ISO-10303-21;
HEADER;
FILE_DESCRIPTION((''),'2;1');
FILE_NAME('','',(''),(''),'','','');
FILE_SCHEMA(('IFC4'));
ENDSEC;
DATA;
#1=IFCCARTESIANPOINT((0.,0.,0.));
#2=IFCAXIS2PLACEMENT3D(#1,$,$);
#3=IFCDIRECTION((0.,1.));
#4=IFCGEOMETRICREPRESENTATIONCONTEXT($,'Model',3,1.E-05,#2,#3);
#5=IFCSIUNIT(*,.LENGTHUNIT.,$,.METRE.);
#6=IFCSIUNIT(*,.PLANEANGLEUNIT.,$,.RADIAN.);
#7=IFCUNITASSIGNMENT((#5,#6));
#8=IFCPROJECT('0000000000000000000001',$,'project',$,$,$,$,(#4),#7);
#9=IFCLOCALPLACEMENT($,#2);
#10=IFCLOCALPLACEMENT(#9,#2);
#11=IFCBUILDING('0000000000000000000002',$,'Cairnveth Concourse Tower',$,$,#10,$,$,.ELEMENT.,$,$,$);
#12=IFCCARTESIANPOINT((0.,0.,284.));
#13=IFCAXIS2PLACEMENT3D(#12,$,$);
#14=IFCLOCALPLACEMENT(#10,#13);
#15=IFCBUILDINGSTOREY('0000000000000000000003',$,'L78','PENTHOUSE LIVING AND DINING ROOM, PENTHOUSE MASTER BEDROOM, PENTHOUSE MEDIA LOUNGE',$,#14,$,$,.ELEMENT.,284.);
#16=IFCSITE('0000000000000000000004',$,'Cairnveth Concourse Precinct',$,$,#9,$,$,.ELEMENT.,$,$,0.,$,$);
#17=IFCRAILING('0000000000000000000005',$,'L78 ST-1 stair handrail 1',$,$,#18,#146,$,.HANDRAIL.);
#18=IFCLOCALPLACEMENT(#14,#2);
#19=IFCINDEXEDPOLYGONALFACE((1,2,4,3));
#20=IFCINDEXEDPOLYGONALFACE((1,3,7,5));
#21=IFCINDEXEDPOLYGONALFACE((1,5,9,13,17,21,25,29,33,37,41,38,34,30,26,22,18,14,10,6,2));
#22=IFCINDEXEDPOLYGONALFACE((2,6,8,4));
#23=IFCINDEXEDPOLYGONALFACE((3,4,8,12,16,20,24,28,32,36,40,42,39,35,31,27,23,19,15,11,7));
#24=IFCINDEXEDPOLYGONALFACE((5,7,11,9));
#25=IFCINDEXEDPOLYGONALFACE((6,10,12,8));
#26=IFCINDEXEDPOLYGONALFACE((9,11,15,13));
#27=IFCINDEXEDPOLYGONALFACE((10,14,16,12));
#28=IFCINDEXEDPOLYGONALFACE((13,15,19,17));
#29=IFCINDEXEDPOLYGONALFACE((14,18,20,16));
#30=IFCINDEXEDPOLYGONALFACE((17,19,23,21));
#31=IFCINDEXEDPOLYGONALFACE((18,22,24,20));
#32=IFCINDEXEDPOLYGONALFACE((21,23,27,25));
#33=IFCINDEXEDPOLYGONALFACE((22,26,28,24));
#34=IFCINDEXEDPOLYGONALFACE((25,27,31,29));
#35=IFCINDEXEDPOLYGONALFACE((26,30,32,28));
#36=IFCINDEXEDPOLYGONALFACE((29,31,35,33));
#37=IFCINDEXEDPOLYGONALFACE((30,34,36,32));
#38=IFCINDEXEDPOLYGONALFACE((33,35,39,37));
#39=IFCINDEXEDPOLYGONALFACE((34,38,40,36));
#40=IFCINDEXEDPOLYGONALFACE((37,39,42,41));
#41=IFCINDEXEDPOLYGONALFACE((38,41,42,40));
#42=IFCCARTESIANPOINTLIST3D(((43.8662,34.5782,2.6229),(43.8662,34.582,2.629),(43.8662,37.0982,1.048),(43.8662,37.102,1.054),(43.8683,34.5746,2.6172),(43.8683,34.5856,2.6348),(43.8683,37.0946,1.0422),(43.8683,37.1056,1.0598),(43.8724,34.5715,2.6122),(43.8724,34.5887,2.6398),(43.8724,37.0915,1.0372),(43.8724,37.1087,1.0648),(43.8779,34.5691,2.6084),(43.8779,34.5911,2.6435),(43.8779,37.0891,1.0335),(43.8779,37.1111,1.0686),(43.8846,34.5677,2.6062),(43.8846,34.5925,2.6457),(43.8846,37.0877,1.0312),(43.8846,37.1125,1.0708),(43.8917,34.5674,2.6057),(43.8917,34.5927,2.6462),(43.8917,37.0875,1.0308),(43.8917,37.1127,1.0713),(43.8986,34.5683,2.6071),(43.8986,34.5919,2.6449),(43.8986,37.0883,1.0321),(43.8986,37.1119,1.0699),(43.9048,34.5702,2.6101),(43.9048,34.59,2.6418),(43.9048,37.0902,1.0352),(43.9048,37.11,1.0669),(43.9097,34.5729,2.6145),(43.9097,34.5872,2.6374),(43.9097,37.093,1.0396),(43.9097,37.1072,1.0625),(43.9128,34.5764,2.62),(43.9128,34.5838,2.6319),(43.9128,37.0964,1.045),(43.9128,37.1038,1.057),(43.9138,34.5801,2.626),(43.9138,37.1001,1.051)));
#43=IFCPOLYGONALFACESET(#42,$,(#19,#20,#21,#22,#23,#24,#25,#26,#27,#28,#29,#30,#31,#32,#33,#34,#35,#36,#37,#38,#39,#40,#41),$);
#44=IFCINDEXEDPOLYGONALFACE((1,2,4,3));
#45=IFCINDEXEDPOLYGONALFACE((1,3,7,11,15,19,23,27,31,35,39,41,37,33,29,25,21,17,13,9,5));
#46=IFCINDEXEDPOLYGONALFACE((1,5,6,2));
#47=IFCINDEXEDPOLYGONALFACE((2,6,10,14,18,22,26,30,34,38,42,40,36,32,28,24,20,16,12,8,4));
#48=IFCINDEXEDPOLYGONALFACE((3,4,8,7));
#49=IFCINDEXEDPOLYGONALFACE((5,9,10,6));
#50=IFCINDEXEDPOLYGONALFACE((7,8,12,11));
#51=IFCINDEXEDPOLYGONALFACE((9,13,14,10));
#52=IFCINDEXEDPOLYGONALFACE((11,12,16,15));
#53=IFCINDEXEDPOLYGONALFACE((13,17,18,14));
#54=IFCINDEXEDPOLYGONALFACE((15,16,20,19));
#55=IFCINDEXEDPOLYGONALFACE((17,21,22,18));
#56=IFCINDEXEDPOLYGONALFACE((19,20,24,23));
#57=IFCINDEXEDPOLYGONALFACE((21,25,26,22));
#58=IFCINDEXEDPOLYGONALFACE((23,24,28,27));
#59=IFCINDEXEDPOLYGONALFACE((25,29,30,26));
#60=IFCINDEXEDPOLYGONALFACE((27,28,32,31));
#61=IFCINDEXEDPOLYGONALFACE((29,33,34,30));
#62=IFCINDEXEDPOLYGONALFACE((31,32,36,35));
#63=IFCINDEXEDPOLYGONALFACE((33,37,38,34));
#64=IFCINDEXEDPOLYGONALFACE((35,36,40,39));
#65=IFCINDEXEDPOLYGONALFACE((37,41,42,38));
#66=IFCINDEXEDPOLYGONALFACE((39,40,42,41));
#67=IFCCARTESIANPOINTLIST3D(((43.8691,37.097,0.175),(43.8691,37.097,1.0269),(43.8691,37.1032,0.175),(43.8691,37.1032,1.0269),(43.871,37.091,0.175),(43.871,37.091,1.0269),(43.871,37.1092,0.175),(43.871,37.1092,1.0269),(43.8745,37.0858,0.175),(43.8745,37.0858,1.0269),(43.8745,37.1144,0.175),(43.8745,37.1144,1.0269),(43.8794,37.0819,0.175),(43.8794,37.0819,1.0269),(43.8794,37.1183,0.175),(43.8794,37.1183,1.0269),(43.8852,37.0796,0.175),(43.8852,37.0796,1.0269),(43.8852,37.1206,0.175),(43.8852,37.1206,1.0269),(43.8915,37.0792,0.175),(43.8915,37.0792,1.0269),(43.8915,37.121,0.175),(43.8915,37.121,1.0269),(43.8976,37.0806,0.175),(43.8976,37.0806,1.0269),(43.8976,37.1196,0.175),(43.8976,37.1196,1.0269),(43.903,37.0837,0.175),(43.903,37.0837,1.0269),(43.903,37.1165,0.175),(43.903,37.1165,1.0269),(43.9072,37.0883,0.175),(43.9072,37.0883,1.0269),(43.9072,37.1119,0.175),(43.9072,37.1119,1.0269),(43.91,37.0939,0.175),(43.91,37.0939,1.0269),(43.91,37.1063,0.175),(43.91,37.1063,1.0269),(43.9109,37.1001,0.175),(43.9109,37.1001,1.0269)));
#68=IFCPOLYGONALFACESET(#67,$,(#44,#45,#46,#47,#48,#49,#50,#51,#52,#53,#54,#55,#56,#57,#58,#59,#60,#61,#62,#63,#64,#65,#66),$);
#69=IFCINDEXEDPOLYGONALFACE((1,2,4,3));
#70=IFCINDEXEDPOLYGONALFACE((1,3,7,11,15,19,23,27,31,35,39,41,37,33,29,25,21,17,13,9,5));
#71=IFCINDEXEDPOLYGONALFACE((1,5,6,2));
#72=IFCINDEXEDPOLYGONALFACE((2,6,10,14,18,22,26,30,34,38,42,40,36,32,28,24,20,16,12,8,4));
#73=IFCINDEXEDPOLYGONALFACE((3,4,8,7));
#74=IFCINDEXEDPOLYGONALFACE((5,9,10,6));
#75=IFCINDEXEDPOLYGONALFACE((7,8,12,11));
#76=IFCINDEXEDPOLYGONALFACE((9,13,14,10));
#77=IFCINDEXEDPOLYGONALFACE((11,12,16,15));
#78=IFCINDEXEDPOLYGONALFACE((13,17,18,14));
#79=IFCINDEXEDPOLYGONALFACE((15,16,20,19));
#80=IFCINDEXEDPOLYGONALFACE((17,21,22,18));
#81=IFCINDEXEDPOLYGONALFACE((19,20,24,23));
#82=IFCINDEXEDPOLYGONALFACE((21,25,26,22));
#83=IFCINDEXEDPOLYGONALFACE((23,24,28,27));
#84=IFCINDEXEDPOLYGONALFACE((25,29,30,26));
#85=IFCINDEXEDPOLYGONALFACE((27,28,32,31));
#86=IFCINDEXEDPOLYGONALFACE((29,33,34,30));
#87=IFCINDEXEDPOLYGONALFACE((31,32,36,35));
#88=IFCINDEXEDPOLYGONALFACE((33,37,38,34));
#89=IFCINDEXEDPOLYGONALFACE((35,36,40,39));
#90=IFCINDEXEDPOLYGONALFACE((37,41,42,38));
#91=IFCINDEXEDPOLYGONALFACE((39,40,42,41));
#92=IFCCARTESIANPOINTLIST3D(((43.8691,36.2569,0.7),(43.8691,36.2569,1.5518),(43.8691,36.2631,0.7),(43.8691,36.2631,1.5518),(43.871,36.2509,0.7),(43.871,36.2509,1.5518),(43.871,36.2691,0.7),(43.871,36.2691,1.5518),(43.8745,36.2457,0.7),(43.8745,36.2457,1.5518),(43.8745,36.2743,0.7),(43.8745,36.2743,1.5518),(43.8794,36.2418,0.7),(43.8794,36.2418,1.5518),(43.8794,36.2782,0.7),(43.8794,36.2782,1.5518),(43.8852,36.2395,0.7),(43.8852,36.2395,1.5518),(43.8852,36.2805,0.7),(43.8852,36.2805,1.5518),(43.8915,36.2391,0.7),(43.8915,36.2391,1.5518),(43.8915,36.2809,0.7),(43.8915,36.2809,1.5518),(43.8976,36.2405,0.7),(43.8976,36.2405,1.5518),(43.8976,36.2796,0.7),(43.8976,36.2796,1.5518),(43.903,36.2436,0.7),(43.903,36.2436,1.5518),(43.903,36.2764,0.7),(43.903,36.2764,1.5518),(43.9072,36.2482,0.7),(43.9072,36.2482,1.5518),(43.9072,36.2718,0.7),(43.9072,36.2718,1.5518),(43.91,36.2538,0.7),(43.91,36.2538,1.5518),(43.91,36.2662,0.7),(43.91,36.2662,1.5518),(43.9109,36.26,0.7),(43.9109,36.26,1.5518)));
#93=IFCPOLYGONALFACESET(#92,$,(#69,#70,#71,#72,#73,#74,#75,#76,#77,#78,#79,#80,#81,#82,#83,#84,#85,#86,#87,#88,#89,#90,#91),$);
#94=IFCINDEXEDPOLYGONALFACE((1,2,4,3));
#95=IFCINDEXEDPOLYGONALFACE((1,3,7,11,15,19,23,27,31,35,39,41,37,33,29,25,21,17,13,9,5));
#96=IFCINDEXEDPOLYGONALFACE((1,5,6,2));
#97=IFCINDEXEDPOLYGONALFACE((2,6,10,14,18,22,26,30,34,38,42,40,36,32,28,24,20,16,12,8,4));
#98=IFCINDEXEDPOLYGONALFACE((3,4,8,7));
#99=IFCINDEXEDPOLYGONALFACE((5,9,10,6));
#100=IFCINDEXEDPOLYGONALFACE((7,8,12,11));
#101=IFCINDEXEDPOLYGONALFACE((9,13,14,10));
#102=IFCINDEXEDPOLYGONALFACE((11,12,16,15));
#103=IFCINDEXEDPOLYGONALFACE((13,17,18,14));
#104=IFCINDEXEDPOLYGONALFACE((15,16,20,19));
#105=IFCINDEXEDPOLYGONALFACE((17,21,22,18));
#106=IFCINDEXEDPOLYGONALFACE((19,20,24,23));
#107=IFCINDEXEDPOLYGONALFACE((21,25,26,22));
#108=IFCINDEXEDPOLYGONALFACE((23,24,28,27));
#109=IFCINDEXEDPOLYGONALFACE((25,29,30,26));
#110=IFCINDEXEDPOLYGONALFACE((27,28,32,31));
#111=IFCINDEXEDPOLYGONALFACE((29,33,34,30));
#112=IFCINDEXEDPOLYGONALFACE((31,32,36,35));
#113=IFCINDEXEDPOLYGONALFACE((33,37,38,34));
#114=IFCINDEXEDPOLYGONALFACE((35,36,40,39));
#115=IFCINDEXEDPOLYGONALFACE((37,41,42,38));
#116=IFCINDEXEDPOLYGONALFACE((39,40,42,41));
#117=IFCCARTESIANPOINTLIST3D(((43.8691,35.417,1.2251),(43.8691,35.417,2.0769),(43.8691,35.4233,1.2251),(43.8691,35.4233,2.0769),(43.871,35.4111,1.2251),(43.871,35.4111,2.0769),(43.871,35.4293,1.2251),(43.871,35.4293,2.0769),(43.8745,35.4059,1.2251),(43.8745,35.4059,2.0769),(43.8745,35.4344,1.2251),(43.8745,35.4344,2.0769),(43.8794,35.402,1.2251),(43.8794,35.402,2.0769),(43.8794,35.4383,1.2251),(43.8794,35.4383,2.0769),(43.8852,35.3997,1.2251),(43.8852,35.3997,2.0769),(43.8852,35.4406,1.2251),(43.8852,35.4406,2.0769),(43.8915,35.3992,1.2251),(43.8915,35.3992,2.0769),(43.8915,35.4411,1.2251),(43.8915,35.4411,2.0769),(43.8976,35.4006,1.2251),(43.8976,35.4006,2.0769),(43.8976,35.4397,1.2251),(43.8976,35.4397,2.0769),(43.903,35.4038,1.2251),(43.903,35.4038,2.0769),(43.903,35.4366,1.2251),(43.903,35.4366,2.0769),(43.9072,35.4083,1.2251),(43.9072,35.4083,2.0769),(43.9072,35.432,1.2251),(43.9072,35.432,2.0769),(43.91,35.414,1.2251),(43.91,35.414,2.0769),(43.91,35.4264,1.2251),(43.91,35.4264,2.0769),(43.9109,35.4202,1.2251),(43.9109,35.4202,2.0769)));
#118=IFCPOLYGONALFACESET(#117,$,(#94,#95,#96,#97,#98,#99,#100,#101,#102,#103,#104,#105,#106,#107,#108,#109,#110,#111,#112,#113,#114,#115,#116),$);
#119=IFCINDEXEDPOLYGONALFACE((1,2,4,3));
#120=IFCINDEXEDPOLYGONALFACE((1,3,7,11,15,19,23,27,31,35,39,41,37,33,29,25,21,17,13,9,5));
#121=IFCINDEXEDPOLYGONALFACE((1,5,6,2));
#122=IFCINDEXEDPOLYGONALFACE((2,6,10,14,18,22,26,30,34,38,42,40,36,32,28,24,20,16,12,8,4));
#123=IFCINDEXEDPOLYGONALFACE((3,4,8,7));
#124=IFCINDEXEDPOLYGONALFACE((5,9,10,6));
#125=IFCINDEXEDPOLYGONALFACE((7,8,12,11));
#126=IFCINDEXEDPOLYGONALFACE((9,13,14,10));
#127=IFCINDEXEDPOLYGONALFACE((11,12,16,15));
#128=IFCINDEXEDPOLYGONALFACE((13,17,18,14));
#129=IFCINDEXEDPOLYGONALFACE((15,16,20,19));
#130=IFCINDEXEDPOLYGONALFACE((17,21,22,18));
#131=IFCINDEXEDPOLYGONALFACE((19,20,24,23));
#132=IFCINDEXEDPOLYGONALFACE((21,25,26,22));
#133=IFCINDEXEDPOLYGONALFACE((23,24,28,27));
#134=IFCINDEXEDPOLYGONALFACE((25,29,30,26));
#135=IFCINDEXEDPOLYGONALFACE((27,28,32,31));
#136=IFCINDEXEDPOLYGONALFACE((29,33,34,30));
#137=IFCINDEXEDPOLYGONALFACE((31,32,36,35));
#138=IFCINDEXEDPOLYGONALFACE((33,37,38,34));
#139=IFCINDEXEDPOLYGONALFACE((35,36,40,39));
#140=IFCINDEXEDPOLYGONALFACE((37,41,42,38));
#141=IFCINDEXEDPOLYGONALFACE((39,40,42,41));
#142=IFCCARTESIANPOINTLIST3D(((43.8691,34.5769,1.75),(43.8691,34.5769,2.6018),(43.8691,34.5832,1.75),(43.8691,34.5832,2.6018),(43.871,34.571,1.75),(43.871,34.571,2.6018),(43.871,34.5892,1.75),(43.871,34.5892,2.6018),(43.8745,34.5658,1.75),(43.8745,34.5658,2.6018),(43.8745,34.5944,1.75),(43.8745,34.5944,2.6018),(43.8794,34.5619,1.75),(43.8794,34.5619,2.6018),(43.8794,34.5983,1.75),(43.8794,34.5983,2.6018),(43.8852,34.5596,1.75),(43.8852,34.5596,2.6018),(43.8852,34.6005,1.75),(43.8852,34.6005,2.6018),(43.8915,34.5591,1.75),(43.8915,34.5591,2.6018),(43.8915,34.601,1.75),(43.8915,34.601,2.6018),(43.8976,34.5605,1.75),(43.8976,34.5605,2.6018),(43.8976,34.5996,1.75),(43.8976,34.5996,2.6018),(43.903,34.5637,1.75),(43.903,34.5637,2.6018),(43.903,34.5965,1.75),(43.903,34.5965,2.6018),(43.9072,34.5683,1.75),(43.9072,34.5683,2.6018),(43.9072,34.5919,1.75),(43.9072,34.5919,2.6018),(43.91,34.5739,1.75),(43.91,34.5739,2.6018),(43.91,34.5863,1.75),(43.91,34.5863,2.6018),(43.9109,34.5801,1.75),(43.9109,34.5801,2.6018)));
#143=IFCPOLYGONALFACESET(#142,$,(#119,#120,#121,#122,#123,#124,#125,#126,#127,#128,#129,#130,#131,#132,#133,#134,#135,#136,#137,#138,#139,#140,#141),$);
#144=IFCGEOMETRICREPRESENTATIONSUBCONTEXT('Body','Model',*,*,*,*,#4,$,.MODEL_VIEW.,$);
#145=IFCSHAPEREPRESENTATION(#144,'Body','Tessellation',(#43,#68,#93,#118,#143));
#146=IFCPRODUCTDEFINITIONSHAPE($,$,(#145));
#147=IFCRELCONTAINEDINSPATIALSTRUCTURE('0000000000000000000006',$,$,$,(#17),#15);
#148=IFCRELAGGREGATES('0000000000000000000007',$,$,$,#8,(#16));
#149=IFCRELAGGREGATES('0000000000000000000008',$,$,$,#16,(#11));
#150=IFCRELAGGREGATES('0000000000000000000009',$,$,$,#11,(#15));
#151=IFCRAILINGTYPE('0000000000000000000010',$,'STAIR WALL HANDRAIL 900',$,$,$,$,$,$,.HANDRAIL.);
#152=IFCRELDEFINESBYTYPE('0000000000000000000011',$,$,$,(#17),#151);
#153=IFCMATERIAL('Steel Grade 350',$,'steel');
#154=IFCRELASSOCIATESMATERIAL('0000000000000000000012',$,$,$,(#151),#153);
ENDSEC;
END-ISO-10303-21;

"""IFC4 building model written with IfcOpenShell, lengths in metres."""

from ifc_helpers import new_model, si_unit, direction, frame, origin, origin_2d, place, context, subcontext, project, spatial, circle, extrude, material, type_object, element, save


model = new_model("IFC4")

# Units and contexts
model_context = context("Model", 3, precision=1e-05, world=origin(), true_north=direction((0.0, 1.0)))
body_context = subcontext(model_context, "Body", "Model", "MODEL_VIEW")
ifc_project = project(units=[si_unit("LENGTHUNIT", "METRE"), si_unit("PLANEANGLEUNIT", "RADIAN")], contexts=[model_context])

# Site, building, storey
site_placement = place(None, origin())
site = spatial("IfcSite", under=ifc_project, at=site_placement, Name="Cairnveth Concourse Precinct", CompositionType="ELEMENT", RefElevation=0.0)
building_placement = place(site_placement, origin())
building = spatial("IfcBuilding", under=site, at=building_placement, Name="Cairnveth Concourse Tower", CompositionType="ELEMENT")
storey_placement = place(building_placement, frame((0.0, 0.0, 284.0)))
storey = spatial("IfcBuildingStorey", under=building, at=storey_placement, Name="L78", Description="PENTHOUSE LIVING AND DINING ROOM, PENTHOUSE MASTER BEDROOM, PENTHOUSE MEDIA LOUNGE", CompositionType="ELEMENT", Elevation=284.0)

# Shared definitions
ifc_material_1 = material(Name="Steel Grade 350", Category="steel")

# Railing
railing_type_1 = type_object("IfcRailingType", Name="STAIR WALL HANDRAIL 900", PredefinedType="HANDRAIL", material=ifc_material_1)
railing_1_placement = place(storey_placement, frame((43.8899, 37.1001, 0.175)))
element("IfcRailing", 1, at=railing_1_placement, inside=storey, type_object=railing_type_1, Name="L78 ST-1 stair handrail 1", PredefinedType="HANDRAIL", context=body_context, shape_type="SweptSolid", body=[
    extrude(circle(Radius=0.0239, at=origin_2d()), frame((0.0, 0.0, 0.876), z_axis=(0.0, -0.848008, 0.529984), x_axis=(1.0, 0.0, 0.0)), (0.0, 0.0, 1.0), 2.9717),
    extrude(circle(Radius=0.021, at=origin_2d()), origin(), (0.0, 0.0, 1.0), 0.8518),
    extrude(circle(Radius=0.021, at=origin_2d()), frame((0.0, -0.8401, 0.5249)), (0.0, 0.0, 1.0), 0.8518),
    extrude(circle(Radius=0.021, at=origin_2d()), frame((0.0, -1.6799, 1.05)), (0.0, 0.0, 1.0), 0.8518),
    extrude(circle(Radius=0.021, at=origin_2d()), frame((0.0, -2.52, 1.575)), (0.0, 0.0, 1.0), 0.8518),
])

save(model, "model.ifc")
